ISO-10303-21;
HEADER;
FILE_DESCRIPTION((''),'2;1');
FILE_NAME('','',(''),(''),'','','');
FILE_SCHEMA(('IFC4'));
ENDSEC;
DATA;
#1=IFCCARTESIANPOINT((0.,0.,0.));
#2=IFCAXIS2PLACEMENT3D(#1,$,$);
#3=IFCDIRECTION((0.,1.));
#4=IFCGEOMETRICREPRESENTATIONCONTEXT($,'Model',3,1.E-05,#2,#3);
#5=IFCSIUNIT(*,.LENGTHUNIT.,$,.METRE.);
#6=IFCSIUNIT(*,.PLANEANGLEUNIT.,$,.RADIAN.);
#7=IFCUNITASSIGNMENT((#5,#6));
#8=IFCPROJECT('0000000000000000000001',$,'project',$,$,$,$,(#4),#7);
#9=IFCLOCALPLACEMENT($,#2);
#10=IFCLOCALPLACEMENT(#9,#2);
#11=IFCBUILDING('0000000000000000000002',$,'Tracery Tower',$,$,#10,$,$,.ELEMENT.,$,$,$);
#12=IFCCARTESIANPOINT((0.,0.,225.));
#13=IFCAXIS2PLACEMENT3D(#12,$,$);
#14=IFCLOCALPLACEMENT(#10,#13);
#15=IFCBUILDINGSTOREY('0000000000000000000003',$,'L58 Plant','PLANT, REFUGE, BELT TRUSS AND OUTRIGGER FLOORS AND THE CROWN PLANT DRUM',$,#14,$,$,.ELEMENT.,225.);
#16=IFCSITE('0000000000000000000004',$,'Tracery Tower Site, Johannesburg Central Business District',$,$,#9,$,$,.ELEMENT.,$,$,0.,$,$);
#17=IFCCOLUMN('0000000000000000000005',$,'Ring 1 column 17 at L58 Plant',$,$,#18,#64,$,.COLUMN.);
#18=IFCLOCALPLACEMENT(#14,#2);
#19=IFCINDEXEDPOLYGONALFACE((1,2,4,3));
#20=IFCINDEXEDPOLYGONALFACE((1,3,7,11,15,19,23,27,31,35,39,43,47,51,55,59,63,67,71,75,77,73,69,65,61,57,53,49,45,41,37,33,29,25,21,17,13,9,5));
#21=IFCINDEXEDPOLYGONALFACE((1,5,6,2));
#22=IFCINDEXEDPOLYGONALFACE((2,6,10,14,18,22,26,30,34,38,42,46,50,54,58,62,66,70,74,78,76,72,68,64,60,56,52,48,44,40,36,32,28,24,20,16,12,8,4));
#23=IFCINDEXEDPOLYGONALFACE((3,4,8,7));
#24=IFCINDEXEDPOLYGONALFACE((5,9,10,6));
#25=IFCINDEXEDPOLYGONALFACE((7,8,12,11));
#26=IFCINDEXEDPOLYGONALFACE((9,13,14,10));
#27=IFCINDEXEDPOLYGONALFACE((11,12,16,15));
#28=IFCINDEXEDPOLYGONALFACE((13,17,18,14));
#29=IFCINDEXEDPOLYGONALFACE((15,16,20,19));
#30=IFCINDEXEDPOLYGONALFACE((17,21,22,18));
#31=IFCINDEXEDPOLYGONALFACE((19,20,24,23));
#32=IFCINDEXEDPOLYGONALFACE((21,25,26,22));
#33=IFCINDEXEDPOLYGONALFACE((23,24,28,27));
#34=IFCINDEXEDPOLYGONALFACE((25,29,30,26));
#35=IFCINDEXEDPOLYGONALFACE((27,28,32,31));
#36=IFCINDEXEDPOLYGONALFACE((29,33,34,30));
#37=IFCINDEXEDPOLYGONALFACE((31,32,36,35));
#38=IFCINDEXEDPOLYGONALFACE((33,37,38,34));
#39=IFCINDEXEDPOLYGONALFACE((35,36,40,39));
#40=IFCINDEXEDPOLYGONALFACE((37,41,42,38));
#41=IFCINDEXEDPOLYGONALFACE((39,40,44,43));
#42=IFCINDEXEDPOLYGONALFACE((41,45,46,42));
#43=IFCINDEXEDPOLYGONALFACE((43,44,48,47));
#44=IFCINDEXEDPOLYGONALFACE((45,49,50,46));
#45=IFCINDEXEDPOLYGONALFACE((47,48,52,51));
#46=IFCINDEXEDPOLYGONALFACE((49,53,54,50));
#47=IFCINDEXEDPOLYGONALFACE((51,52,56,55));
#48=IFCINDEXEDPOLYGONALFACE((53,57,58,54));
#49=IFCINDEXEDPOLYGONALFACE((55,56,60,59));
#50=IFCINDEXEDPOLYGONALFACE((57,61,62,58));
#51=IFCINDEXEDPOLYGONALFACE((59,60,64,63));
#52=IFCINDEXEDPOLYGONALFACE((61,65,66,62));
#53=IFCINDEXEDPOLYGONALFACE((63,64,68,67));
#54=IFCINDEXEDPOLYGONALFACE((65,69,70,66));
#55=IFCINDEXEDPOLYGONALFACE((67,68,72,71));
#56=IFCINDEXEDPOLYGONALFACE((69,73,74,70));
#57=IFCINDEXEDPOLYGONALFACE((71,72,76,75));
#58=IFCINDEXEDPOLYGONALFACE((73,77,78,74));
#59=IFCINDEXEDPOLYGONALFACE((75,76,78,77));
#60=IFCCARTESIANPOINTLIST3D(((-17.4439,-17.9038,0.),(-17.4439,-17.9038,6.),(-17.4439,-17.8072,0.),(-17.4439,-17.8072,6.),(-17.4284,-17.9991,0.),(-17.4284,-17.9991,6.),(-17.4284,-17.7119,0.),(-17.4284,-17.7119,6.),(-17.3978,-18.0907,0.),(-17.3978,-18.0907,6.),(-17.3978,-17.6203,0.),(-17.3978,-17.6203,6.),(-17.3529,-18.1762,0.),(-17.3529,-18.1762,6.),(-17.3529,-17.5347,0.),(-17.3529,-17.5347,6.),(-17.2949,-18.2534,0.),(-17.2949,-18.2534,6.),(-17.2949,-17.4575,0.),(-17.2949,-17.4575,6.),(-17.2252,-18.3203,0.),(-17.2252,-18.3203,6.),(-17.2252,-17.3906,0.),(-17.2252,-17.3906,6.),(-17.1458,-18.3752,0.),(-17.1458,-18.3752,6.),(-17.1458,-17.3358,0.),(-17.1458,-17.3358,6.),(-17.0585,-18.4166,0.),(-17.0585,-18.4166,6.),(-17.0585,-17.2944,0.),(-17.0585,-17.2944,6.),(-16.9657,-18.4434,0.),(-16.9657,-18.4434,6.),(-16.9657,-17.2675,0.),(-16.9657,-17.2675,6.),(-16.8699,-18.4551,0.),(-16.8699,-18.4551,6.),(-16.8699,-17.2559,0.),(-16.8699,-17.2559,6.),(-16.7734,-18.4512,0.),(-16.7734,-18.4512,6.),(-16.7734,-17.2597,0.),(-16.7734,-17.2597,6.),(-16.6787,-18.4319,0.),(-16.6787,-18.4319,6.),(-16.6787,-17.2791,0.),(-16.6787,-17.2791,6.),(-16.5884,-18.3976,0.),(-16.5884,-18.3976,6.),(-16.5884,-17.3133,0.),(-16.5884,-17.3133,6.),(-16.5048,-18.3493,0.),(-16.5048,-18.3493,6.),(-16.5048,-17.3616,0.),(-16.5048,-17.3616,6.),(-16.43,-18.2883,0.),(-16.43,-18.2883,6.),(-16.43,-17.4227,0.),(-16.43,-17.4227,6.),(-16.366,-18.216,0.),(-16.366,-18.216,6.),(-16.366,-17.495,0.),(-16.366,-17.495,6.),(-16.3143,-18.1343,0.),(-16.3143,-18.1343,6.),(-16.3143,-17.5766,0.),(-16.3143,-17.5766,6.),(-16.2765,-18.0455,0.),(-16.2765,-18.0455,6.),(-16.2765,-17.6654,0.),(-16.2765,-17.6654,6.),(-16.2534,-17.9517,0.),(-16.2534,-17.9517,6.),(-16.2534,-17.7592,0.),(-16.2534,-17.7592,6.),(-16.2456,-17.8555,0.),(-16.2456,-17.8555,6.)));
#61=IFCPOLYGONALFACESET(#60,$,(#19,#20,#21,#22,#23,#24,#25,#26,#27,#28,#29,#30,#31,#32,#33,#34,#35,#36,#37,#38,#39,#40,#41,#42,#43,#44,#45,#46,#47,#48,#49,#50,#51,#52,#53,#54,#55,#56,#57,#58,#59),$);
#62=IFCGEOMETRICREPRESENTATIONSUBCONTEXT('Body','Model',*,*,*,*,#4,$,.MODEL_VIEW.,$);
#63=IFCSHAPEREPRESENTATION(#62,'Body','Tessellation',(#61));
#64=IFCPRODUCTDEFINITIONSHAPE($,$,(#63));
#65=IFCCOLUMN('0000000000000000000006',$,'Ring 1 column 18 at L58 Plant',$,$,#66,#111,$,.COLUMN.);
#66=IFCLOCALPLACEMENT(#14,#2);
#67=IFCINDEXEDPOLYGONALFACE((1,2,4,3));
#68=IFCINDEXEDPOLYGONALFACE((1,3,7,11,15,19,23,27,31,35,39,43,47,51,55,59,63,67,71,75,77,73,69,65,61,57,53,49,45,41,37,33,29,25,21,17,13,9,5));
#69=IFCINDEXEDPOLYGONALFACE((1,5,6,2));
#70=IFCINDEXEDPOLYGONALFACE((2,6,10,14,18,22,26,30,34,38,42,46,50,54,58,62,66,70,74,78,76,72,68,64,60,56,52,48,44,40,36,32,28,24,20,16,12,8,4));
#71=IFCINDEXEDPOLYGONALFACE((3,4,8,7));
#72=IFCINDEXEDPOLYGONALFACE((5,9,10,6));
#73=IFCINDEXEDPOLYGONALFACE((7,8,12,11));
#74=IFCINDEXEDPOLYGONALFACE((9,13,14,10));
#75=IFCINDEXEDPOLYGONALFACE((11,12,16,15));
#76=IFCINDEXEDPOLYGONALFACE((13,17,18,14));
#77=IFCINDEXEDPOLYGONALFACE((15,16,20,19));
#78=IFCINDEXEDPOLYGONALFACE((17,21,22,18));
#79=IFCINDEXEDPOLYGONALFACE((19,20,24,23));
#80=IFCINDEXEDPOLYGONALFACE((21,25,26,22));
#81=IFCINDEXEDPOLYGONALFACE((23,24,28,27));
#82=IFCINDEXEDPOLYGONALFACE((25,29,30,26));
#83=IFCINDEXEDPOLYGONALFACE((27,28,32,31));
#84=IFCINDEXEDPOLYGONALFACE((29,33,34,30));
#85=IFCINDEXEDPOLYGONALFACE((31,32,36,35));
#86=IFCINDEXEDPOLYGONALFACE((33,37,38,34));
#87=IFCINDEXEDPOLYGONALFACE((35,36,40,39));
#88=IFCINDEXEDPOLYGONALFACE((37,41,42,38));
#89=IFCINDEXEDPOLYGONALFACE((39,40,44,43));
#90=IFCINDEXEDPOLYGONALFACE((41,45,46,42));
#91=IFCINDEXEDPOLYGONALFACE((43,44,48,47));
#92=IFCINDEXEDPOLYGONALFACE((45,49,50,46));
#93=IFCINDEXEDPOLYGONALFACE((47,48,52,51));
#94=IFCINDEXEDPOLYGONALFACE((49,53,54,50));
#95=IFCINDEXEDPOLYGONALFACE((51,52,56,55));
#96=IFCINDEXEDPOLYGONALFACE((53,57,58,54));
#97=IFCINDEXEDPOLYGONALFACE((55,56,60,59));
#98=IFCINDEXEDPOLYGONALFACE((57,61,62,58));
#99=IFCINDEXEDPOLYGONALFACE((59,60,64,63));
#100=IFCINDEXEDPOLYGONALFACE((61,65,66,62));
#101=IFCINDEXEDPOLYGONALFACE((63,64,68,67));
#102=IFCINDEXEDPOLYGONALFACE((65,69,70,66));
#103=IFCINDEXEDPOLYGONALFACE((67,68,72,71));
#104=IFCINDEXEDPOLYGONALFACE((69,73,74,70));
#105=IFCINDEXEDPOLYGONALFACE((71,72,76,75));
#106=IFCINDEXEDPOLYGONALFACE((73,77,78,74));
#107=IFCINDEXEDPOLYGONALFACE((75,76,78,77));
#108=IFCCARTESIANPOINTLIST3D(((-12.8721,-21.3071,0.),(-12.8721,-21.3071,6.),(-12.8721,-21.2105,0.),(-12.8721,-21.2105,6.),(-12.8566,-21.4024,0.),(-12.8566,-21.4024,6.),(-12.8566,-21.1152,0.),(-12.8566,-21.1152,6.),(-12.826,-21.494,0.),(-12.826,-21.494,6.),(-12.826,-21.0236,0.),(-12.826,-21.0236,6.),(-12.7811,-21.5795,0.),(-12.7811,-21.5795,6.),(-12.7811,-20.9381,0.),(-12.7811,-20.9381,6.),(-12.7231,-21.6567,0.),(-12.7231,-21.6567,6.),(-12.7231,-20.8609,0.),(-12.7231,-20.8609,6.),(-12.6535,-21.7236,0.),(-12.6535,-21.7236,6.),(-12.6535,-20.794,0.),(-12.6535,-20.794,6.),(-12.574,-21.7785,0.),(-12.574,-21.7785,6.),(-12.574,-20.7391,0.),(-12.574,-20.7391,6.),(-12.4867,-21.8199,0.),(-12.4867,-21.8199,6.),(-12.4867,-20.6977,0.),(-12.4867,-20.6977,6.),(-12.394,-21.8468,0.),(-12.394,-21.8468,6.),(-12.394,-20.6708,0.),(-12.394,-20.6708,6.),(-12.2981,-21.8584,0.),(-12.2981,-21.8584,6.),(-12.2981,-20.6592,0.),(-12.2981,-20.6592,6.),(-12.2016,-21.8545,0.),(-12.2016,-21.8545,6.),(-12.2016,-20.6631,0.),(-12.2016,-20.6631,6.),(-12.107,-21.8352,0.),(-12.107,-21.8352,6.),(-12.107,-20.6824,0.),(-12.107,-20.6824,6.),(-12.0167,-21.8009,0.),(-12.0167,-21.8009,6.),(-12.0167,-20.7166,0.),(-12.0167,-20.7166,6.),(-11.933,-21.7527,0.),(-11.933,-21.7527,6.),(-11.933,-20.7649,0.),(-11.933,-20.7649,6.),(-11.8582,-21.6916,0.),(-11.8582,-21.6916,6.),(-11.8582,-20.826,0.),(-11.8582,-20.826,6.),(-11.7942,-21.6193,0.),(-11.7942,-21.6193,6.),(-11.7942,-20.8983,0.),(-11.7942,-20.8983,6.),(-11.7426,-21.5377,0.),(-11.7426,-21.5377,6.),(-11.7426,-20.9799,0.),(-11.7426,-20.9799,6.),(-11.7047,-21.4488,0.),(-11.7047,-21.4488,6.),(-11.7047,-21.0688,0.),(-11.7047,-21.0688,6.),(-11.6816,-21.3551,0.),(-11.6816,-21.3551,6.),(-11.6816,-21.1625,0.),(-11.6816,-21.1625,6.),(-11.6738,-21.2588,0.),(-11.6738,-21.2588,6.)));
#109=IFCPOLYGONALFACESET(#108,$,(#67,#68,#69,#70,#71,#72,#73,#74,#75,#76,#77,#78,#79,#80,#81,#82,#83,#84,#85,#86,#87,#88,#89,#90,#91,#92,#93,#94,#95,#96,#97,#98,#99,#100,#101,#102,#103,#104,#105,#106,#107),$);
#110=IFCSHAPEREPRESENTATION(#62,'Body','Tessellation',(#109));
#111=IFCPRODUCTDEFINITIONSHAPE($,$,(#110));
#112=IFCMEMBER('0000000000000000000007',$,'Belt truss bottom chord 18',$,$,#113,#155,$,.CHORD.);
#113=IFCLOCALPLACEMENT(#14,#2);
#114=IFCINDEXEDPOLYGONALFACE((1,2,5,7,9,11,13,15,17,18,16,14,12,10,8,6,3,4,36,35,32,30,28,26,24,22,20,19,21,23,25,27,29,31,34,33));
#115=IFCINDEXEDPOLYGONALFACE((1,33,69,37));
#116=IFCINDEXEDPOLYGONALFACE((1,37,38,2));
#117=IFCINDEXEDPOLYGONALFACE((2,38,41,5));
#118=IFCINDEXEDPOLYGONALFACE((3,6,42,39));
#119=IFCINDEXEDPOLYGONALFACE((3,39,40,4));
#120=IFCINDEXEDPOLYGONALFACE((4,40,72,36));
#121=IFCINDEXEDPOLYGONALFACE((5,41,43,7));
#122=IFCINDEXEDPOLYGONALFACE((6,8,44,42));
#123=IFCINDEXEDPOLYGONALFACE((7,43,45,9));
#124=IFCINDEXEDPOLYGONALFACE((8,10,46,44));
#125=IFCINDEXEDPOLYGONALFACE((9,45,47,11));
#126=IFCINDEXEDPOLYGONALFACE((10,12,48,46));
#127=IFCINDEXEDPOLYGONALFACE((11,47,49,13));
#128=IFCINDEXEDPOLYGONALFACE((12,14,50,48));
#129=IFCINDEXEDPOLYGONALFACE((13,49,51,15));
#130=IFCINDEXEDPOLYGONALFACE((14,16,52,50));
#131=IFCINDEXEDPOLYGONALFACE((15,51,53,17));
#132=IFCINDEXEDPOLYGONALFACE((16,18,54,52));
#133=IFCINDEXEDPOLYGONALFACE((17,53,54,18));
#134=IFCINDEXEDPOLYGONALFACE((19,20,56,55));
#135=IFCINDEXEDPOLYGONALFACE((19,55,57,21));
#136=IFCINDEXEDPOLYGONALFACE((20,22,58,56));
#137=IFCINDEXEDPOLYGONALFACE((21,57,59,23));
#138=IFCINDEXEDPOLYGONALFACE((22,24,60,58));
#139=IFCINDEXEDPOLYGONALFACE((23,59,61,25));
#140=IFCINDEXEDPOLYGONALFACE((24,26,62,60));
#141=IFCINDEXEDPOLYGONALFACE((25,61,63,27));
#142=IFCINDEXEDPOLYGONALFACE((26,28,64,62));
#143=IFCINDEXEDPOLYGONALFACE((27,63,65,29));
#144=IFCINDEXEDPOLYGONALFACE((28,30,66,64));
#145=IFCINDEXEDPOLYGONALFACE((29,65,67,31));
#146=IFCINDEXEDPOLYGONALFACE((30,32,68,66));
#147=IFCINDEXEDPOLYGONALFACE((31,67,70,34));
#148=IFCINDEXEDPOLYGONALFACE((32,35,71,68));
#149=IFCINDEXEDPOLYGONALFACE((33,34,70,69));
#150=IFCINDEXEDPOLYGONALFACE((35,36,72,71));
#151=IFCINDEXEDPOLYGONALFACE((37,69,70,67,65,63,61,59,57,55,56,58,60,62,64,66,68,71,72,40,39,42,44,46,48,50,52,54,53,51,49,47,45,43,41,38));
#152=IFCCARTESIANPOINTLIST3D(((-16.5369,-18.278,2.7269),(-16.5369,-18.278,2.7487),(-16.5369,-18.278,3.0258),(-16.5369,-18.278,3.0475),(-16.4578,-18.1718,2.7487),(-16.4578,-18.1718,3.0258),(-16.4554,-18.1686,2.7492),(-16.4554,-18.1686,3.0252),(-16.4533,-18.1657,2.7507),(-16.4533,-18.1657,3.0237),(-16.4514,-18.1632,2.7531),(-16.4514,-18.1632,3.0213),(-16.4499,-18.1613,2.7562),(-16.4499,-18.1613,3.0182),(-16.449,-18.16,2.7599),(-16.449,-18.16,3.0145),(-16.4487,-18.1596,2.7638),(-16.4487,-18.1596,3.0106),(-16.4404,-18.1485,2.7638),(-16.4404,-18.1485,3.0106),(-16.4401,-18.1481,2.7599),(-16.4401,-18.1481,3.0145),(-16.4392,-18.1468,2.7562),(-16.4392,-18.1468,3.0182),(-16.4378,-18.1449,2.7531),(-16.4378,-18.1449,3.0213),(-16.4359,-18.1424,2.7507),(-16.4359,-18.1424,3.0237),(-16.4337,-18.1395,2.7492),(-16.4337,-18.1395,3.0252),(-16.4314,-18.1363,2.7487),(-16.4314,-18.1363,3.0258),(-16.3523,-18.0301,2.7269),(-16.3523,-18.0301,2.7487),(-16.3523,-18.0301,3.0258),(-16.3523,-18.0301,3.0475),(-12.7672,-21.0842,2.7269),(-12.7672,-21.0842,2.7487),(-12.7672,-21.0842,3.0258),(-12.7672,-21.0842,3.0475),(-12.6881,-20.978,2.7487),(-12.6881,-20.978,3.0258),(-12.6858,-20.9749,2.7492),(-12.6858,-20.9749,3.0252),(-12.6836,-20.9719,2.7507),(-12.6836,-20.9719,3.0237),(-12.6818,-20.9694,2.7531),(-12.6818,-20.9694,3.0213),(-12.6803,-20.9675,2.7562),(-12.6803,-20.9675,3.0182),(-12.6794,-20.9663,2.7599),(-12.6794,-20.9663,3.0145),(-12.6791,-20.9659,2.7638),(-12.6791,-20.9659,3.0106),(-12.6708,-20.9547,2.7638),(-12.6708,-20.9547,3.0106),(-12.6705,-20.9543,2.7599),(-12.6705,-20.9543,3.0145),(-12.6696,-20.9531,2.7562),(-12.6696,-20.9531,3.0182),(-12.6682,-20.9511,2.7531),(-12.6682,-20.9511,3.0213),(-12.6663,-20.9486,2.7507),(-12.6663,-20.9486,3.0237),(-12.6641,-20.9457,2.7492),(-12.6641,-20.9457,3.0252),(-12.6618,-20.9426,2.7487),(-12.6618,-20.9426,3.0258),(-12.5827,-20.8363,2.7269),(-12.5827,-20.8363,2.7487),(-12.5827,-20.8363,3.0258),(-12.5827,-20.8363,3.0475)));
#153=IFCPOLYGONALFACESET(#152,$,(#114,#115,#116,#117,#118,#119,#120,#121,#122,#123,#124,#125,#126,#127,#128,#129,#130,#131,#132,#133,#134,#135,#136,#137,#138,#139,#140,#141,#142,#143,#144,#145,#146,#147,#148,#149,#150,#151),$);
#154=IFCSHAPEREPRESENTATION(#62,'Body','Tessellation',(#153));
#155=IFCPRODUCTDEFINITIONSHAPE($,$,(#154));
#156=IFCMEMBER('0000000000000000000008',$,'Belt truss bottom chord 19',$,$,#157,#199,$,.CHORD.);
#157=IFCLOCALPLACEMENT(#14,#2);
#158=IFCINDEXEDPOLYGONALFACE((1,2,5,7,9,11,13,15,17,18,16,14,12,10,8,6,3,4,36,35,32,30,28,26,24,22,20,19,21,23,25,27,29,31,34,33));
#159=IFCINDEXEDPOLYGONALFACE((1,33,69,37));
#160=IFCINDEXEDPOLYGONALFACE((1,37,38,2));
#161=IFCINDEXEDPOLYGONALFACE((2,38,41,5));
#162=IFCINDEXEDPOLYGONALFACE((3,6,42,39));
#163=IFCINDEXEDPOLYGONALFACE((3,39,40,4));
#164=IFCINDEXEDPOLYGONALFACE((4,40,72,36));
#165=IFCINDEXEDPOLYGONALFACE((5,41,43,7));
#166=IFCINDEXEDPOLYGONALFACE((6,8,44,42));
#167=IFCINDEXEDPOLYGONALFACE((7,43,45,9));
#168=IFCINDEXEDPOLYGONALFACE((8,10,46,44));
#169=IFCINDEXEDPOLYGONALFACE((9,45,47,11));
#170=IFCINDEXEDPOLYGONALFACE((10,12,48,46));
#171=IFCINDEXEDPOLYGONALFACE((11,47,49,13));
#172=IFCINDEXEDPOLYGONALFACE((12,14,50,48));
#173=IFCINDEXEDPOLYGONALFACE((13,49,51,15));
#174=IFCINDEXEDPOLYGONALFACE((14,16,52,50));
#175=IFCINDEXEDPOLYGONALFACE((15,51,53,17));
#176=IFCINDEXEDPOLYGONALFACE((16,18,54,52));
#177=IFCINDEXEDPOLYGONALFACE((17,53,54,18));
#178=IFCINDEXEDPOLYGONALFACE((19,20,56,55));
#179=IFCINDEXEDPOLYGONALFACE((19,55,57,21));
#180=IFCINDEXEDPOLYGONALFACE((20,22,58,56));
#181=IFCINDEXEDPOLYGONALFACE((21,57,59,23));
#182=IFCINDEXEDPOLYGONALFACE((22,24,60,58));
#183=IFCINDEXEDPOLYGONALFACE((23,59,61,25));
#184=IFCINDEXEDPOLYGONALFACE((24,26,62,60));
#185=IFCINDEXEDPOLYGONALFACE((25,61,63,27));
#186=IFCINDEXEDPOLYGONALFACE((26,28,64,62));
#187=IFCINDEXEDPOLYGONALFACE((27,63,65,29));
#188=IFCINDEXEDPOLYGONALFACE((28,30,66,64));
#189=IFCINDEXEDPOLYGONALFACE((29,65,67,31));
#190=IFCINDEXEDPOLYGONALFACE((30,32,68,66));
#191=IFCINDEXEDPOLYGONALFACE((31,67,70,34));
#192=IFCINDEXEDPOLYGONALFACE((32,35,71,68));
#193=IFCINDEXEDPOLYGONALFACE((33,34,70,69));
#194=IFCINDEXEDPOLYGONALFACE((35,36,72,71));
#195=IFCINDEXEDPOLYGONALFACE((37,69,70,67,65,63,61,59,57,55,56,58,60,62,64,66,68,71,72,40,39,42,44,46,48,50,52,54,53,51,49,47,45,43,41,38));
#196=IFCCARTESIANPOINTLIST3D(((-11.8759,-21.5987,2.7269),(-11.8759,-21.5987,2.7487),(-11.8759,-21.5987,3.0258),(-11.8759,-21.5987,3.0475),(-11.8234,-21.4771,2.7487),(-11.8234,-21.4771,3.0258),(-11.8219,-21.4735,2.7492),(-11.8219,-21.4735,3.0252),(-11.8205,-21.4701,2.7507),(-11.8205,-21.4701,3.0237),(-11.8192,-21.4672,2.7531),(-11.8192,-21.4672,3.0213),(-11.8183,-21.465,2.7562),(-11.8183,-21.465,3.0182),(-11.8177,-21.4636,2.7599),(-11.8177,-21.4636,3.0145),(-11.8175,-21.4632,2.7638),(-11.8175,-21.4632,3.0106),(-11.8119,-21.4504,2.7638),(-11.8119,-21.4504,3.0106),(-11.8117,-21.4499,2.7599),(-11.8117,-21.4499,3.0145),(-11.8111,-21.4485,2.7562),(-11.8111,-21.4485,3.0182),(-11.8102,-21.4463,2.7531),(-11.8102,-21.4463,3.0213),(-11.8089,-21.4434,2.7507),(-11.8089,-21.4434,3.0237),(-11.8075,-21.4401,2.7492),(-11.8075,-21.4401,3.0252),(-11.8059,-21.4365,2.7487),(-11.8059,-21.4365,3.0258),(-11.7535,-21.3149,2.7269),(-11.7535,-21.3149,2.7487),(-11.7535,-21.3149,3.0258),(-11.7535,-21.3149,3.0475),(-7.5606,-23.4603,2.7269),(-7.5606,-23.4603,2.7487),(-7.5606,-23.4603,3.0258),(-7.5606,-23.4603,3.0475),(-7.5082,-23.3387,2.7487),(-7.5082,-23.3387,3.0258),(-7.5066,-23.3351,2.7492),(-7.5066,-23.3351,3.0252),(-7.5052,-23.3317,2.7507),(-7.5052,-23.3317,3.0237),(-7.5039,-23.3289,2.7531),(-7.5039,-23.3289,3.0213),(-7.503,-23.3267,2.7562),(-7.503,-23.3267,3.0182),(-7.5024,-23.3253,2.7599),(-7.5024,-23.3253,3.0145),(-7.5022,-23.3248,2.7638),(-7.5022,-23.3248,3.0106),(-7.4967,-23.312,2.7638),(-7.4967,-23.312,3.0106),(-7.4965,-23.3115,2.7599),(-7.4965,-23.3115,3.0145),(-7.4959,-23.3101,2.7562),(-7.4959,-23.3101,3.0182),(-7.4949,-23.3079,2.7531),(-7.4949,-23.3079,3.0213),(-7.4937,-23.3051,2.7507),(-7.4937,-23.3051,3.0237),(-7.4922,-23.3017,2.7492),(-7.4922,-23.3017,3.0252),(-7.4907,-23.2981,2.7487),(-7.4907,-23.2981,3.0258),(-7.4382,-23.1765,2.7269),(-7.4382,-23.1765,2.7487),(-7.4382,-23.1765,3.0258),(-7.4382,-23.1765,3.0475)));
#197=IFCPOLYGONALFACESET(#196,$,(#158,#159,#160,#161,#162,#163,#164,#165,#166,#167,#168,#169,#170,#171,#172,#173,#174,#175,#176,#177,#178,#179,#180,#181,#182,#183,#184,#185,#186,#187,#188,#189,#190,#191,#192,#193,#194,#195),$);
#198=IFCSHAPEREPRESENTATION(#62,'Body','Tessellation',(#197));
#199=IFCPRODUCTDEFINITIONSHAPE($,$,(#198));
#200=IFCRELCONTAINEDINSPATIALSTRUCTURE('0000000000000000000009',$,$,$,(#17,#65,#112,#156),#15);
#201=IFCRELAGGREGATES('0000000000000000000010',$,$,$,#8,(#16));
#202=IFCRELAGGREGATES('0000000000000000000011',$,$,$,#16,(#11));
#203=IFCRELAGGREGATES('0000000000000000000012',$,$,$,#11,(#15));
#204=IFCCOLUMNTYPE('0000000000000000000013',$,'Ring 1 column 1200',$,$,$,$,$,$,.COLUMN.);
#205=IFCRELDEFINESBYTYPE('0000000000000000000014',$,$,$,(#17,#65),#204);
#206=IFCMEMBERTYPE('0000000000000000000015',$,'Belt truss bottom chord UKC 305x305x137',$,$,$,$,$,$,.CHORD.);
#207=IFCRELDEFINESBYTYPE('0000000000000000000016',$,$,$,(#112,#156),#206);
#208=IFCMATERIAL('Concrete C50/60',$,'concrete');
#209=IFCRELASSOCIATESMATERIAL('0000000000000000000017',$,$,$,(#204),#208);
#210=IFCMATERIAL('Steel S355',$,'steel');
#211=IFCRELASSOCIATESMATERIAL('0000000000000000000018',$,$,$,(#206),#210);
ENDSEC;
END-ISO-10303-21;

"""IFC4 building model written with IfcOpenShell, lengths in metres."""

from ifc_helpers import new_model, si_unit, direction, frame, origin, origin_2d, place, context, subcontext, project, spatial, circle, i_section, extrude, material, material_profile, profile_set, type_object, element, save


model = new_model("IFC4")

# Units and contexts
model_context = context("Model", 3, precision=1e-05, world=origin(), true_north=direction((0.0, 1.0)))
body_context = subcontext(model_context, "Body", "Model", "MODEL_VIEW")
ifc_project = project(units=[si_unit("LENGTHUNIT", "METRE"), si_unit("PLANEANGLEUNIT", "RADIAN")], contexts=[model_context])

# Site, building, storey
site_placement = place(None, origin())
site = spatial("IfcSite", under=ifc_project, at=site_placement, Name="Tracery Tower Site, Johannesburg Central Business District", CompositionType="ELEMENT", RefElevation=0.0)
building_placement = place(site_placement, origin())
building = spatial("IfcBuilding", under=site, at=building_placement, Name="Tracery Tower", CompositionType="ELEMENT")
storey_placement = place(building_placement, frame((0.0, 0.0, 225.0)))
storey = spatial("IfcBuildingStorey", under=building, at=storey_placement, Name="L58 Plant", Description="PLANT, REFUGE, BELT TRUSS AND OUTRIGGER FLOORS AND THE CROWN PLANT DRUM", CompositionType="ELEMENT", Elevation=225.0)

# Columns
ifc_material_1 = material(Name="Concrete C50/60", Category="concrete")
ifc_material_profile_1 = material_profile(ifc_material_1, circle(Radius=0.6001, at=origin_2d()), Name="RC D1200")
ifc_profile_set_1 = profile_set([ifc_material_profile_1], Name="Concrete C50/60")
column_type = type_object("IfcColumnType", Name="Ring 1 column 1200", PredefinedType="COLUMN", material=ifc_profile_set_1)
for number, where, z_axis, x_axis, name in (
    (1, (-16.8457, -17.8555, 0.0), (0.0, 0.0, 1.0), (1.0, 0.0, 0.0), "Ring 1 column 17 at L58 Plant"),
    (2, (-12.2739, -21.2588, 0.0), (0.0, 0.0, 1.0), (1.0, 0.0, 0.0), "Ring 1 column 18 at L58 Plant"),
):
    element("IfcColumn", number, at=place(storey_placement, frame(where, z_axis=z_axis, x_axis=x_axis)), inside=storey, type_object=column_type, Name=name, PredefinedType="COLUMN", context=body_context, shape_type="SweptSolid", body=[
        extrude(circle(Radius=0.6001, at=origin_2d()), origin(), (0.0, 0.0, 1.0), 6.0),
    ])

# Members
ifc_material_2 = material(Name="Steel S355", Category="steel")
ifc_material_profile_2 = material_profile(ifc_material_2, i_section(OverallWidth=0.3091, OverallDepth=0.3206, WebThickness=0.0139, FlangeThickness=0.0217, FilletRadius=0.0151, at=origin_2d()), Name="UKC 305x305x137")
ifc_profile_set_2 = profile_set([ifc_material_profile_2], Name="Steel S355")
member_type_1 = type_object("IfcMemberType", Name="Belt truss bottom chord UKC 305x305x137", PredefinedType="CHORD", material=ifc_profile_set_2)
member_1_placement = place(storey_placement, frame((-16.4446, -18.1541, 2.8872), z_axis=(0.802139, -0.597137, 0.0), x_axis=(0.597137, 0.802139, 0.0)))
element("IfcMember", 3, at=member_1_placement, inside=storey, type_object=member_type_1, Name="Belt truss bottom chord 18", PredefinedType="CHORD", context=body_context, shape_type="SweptSolid", body=[
    extrude(i_section(OverallWidth=0.3091, OverallDepth=0.3206, WebThickness=0.0139, FlangeThickness=0.0217, FilletRadius=0.0151, at=origin_2d()), origin(), (0.0, 0.0, 1.0), 4.6995),
])
member_2_placement = place(storey_placement, frame((-11.8147, -21.4568, 2.8872), z_axis=(0.918202, -0.396113, 0.0), x_axis=(0.396113, 0.918202, 0.0)))
element("IfcMember", 4, at=member_2_placement, inside=storey, type_object=member_type_1, Name="Belt truss bottom chord 19", PredefinedType="CHORD", context=body_context, shape_type="SweptSolid", body=[
    extrude(i_section(OverallWidth=0.3091, OverallDepth=0.3206, WebThickness=0.0139, FlangeThickness=0.0217, FilletRadius=0.0151, at=origin_2d()), origin(), (0.0, 0.0, 1.0), 4.6997),
])

save(model, "model.ifc")
